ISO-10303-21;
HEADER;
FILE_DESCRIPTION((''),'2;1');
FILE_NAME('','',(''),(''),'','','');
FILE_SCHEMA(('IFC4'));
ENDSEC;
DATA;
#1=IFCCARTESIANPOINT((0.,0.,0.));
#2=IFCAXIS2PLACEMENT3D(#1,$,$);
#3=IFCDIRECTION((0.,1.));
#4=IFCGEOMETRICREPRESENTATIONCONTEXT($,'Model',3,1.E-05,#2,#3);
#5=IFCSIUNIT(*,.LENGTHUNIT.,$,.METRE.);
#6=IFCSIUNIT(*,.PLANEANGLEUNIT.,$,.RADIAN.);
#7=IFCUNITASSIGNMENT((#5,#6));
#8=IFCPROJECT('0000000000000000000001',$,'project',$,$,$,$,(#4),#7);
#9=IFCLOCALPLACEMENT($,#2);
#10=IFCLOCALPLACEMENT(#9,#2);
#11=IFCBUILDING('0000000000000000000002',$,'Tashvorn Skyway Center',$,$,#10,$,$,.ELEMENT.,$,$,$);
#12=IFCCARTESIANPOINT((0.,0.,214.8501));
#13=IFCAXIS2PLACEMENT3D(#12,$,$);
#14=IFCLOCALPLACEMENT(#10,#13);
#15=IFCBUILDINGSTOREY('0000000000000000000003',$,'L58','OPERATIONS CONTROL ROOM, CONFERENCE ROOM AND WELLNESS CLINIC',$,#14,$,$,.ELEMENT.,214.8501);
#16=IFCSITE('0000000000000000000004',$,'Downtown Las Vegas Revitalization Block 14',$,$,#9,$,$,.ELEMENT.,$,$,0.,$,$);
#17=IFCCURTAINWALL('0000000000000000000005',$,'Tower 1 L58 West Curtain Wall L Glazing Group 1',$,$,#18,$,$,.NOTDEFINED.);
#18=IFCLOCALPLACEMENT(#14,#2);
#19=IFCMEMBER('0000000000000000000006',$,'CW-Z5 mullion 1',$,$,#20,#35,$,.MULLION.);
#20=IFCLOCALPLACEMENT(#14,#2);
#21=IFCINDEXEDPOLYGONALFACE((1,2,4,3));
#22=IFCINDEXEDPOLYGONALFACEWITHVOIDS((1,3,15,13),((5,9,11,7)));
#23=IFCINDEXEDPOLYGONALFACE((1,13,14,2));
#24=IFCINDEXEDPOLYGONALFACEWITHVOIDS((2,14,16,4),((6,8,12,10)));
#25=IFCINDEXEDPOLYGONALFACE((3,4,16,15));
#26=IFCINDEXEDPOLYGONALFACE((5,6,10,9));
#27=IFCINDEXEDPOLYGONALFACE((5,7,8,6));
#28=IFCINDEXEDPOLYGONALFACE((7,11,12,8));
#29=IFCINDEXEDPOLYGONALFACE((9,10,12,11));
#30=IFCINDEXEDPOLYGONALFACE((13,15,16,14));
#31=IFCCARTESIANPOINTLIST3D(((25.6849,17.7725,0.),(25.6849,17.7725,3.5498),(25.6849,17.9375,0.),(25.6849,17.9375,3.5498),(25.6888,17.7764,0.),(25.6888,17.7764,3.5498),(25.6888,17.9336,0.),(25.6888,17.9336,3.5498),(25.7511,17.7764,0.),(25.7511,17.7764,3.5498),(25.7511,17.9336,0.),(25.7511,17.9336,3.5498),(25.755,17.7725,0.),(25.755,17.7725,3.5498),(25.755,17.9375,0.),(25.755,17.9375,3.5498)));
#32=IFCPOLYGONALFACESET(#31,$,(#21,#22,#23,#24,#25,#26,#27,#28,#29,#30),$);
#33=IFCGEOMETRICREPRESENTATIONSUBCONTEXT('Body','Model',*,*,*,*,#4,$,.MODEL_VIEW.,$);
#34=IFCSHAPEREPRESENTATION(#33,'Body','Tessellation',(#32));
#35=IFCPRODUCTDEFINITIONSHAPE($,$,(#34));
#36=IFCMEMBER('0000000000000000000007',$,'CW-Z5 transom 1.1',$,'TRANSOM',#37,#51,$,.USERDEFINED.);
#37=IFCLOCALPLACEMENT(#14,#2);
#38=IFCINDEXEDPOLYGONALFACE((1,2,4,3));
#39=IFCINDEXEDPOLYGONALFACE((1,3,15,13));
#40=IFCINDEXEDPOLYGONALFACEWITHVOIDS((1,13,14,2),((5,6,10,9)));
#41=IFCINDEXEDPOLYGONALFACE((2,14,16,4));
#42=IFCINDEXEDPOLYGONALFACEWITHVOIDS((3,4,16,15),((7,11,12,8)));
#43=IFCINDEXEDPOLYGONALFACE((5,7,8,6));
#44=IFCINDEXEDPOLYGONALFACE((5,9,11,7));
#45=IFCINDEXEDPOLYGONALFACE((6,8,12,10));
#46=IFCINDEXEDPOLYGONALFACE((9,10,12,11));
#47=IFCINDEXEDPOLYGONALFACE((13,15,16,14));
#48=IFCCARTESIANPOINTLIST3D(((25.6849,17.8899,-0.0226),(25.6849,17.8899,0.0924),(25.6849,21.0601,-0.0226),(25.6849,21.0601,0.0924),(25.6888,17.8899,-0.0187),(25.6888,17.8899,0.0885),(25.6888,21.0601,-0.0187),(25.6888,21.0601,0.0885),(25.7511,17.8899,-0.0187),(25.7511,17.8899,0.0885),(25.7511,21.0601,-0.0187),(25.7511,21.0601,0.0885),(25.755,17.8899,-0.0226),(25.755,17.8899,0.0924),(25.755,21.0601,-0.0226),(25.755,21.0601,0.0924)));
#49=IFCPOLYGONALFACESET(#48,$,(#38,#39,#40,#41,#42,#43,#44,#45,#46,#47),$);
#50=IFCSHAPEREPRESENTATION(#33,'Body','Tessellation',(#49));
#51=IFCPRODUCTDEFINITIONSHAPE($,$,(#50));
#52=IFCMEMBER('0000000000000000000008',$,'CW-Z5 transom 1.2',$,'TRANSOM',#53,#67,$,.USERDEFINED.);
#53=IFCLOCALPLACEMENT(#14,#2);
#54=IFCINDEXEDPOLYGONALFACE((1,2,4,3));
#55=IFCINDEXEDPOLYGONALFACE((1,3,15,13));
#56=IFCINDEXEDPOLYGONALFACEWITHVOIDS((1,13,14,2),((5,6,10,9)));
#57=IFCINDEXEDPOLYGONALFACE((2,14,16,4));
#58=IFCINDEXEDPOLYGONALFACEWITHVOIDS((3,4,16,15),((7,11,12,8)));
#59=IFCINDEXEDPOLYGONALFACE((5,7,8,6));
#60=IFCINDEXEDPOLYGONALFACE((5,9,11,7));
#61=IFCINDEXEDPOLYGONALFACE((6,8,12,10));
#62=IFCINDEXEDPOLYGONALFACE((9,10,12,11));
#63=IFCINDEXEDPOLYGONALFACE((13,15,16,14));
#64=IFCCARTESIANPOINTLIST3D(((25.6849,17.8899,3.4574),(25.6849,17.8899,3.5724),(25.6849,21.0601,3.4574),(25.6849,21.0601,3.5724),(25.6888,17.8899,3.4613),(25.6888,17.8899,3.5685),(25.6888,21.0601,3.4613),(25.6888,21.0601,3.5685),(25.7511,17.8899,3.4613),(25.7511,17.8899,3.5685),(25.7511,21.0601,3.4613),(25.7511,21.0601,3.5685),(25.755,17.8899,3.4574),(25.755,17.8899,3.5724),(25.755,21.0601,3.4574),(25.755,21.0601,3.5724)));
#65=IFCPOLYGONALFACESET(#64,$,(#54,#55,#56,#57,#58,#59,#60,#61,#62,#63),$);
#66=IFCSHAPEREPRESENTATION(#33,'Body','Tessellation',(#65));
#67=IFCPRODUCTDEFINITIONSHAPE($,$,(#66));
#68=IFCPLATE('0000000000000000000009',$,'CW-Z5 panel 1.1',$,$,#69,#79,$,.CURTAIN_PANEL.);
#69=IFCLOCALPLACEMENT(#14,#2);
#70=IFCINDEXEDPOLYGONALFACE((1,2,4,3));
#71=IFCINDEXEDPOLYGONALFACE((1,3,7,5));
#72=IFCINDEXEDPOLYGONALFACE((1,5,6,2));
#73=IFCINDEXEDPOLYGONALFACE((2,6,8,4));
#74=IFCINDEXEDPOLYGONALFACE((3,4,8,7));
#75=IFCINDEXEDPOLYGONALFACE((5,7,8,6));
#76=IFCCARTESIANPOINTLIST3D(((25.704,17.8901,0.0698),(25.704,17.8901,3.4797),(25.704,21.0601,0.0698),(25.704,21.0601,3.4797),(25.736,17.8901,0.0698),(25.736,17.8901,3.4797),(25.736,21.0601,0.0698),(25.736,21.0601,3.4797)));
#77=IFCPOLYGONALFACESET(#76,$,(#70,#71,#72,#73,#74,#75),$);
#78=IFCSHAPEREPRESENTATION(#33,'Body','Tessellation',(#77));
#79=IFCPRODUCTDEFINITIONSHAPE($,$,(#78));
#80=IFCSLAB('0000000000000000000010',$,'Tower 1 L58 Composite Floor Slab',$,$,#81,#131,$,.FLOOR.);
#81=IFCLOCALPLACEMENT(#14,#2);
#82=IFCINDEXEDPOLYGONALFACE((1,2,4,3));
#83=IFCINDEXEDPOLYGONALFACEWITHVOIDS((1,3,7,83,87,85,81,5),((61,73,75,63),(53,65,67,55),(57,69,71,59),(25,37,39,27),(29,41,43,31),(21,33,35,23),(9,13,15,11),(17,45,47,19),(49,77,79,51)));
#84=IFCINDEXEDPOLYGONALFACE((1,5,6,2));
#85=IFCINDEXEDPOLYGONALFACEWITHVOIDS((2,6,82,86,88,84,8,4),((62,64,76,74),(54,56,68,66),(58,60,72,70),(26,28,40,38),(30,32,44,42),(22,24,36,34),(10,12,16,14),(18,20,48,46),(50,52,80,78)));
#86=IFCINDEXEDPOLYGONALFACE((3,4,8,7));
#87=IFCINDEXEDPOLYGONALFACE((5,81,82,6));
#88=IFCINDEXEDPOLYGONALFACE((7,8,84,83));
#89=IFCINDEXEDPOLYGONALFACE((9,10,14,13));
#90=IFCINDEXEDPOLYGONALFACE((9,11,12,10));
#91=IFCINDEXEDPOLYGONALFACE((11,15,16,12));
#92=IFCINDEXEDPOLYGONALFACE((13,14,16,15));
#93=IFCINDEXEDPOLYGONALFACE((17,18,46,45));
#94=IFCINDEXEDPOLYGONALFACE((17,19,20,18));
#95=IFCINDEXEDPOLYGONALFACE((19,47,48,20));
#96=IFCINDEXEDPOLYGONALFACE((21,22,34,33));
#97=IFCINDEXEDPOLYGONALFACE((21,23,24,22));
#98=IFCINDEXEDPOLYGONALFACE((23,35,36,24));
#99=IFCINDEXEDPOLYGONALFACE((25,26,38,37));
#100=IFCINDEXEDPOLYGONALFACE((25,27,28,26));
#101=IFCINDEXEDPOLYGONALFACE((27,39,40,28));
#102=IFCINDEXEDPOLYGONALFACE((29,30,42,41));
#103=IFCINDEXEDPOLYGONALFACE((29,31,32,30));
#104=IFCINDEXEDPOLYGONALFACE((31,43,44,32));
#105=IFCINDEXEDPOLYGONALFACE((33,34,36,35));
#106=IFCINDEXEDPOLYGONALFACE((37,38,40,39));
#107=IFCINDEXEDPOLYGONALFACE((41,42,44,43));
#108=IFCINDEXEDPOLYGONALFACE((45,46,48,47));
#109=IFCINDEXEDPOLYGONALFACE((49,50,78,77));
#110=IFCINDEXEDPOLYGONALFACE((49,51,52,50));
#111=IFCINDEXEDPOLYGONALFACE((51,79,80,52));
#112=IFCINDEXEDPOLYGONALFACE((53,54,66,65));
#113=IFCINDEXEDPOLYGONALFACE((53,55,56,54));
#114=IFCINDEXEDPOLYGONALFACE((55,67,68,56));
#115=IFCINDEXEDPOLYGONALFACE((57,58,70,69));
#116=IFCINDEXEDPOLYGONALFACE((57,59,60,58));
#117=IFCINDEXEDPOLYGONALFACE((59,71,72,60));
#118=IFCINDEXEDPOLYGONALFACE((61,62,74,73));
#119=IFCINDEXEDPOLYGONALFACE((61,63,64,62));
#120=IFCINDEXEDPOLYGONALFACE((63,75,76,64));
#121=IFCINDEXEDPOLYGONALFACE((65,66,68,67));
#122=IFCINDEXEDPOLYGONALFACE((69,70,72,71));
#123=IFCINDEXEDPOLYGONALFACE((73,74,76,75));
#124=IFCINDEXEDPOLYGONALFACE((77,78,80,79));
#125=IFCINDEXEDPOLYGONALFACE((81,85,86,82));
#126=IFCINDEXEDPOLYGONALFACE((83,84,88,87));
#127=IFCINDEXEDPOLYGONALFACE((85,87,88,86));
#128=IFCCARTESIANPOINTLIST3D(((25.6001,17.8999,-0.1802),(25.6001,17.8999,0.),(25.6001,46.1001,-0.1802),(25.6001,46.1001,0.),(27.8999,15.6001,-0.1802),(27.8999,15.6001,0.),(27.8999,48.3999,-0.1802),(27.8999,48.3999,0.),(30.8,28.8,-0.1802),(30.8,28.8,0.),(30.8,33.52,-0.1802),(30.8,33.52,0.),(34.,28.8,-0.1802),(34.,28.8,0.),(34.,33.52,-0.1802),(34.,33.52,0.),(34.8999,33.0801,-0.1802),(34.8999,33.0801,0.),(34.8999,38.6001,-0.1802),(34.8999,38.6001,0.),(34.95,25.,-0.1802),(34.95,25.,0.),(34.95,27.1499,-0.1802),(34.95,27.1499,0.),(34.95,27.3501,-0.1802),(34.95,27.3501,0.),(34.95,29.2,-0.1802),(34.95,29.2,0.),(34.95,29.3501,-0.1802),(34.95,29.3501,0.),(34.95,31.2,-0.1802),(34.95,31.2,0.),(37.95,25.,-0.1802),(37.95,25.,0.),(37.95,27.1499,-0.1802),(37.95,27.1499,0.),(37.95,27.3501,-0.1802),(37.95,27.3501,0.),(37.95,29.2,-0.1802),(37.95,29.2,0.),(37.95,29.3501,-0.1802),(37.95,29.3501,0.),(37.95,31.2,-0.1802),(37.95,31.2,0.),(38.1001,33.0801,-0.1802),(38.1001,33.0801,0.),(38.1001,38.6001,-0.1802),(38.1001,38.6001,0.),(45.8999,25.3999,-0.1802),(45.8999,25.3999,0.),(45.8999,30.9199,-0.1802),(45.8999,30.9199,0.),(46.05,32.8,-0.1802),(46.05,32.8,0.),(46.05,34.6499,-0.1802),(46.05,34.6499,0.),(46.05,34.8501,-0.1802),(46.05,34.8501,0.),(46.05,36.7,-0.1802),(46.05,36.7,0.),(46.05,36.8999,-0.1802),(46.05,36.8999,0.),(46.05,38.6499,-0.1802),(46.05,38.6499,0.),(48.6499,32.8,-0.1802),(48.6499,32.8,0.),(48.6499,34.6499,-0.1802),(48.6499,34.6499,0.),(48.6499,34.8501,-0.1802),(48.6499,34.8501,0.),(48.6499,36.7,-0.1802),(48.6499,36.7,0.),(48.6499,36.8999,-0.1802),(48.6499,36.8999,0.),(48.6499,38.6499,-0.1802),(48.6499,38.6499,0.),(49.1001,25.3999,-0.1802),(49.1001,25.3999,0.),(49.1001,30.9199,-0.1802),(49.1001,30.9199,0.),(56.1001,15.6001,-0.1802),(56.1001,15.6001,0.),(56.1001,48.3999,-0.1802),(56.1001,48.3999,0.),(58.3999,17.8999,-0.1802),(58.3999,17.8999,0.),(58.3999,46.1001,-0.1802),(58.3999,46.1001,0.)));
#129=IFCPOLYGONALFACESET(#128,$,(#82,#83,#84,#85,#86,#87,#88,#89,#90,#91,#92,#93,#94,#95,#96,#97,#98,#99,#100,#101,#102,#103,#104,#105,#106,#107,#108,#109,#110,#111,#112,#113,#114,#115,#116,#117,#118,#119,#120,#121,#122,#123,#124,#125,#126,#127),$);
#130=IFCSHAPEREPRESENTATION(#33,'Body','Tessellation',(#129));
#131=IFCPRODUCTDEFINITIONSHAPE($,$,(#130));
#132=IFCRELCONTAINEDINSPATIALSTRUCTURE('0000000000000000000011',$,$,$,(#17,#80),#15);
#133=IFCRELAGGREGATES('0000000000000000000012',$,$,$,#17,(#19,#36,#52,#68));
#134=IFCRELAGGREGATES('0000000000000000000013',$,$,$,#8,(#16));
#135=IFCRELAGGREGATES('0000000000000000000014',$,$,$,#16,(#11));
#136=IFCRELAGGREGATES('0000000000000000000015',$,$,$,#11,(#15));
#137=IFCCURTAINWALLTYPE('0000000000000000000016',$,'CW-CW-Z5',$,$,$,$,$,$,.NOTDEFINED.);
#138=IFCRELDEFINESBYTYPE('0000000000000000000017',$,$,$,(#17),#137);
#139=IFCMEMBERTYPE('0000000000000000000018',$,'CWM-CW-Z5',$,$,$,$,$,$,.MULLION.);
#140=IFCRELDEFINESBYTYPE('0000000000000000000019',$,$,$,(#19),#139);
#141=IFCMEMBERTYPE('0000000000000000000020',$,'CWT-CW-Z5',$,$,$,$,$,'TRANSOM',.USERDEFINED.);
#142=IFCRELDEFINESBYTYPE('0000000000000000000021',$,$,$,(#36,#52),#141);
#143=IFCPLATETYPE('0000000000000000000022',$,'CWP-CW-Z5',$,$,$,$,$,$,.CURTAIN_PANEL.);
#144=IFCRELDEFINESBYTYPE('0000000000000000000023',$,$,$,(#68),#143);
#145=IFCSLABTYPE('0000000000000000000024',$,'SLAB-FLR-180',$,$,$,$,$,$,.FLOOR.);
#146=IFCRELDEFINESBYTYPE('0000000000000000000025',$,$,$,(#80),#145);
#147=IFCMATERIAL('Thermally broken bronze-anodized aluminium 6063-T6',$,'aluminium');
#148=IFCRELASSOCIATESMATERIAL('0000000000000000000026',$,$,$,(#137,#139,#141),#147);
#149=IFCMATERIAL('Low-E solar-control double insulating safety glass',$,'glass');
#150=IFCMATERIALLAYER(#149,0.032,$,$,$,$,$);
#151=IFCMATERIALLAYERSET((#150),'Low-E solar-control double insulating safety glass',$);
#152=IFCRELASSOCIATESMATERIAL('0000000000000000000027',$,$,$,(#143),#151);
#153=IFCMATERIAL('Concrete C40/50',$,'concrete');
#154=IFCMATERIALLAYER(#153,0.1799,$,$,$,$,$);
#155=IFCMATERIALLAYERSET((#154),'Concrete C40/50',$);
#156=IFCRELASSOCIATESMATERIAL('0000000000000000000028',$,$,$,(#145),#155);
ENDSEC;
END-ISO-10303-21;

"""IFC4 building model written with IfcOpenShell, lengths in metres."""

from ifc_helpers import new_model, si_unit, direction, frame, origin, origin_2d, place, context, subcontext, project, spatial, polyline, rectangle, hollow_rectangle, outline, extrude, material, layer, layer_set, material_profile, profile_set, type_object, element, aggregate, save


model = new_model("IFC4")

# Units and contexts
model_context = context("Model", 3, precision=1e-05, world=origin(), true_north=direction((0.0, 1.0)))
body_context = subcontext(model_context, "Body", "Model", "MODEL_VIEW")
ifc_project = project(units=[si_unit("LENGTHUNIT", "METRE"), si_unit("PLANEANGLEUNIT", "RADIAN")], contexts=[model_context])

# Site, building, storey
site_placement = place(None, origin())
site = spatial("IfcSite", under=ifc_project, at=site_placement, Name="Downtown Las Vegas Revitalization Block 14", CompositionType="ELEMENT", RefElevation=0.0)
building_placement = place(site_placement, origin())
building = spatial("IfcBuilding", under=site, at=building_placement, Name="Tashvorn Skyway Center", CompositionType="ELEMENT")
storey_placement = place(building_placement, frame((0.0, 0.0, 214.8501)))
storey = spatial("IfcBuildingStorey", under=building, at=storey_placement, Name="L58", Description="OPERATIONS CONTROL ROOM, CONFERENCE ROOM AND WELLNESS CLINIC", CompositionType="ELEMENT", Elevation=214.8501)

# Curtain wall, members, plate
ifc_material_1 = material(Name="Thermally broken bronze-anodized aluminium 6063-T6", Category="aluminium")
curtain_wall_type = type_object("IfcCurtainWallType", Name="CW-CW-Z5", PredefinedType="NOTDEFINED", material=ifc_material_1)
curtain_wall_placement = place(storey_placement, origin())
curtain_wall = element("IfcCurtainWall", 1, at=curtain_wall_placement, inside=storey, type_object=curtain_wall_type, Name="Tower 1 L58 West Curtain Wall L Glazing Group 1", PredefinedType="NOTDEFINED")
ifc_material_profile_1 = material_profile(ifc_material_1, hollow_rectangle(XDim=0.0701, YDim=0.165, WallThickness=0.0039, at=origin_2d()), Name="ALU-MULL-70x165")
ifc_profile_set_1 = profile_set([ifc_material_profile_1], Name="Thermally broken bronze-anodized aluminium 6063-T6")
member_type_1 = type_object("IfcMemberType", Name="CWM-CW-Z5", PredefinedType="MULLION", material=ifc_profile_set_1)
member_1_placement = place(storey_placement, frame((25.72, 17.855, 0.0), z_axis=(0.0, 0.0, 1.0), x_axis=(-1.0, 0.0, 0.0)))
member_1 = element("IfcMember", 2, at=member_1_placement, type_object=member_type_1, Name="CW-Z5 mullion 1", PredefinedType="MULLION", context=body_context, shape_type="SweptSolid", body=[
    extrude(hollow_rectangle(XDim=0.0701, YDim=0.165, WallThickness=0.0039, at=origin_2d()), origin(), (0.0, 0.0, 1.0), 3.5498),
])
ifc_material_profile_2 = material_profile(ifc_material_1, hollow_rectangle(XDim=0.0701, YDim=0.115, WallThickness=0.0039, at=origin_2d()), Name="ALU-TRAN-70x115")
ifc_profile_set_2 = profile_set([ifc_material_profile_2], Name="Thermally broken bronze-anodized aluminium 6063-T6")
member_type_2 = type_object("IfcMemberType", Name="CWT-CW-Z5", ElementType="TRANSOM", PredefinedType="USERDEFINED", material=ifc_profile_set_2)
member_2_placement = place(storey_placement, frame((25.72, 17.8899, 0.0349), z_axis=(0.0, 1.0, 0.0), x_axis=(-1.0, 0.0, 0.0)))
member_2 = element("IfcMember", 3, at=member_2_placement, type_object=member_type_2, Name="CW-Z5 transom 1.1", ObjectType="TRANSOM", PredefinedType="USERDEFINED", context=body_context, shape_type="SweptSolid", body=[
    extrude(hollow_rectangle(XDim=0.0701, YDim=0.115, WallThickness=0.0039, at=origin_2d()), origin(), (0.0, 0.0, 1.0), 3.1702),
])
member_3_placement = place(storey_placement, frame((25.72, 17.8899, 3.5149), z_axis=(0.0, 1.0, 0.0), x_axis=(-1.0, 0.0, 0.0)))
member_3 = element("IfcMember", 4, at=member_3_placement, type_object=member_type_2, Name="CW-Z5 transom 1.2", ObjectType="TRANSOM", PredefinedType="USERDEFINED", context=body_context, shape_type="SweptSolid", body=[
    extrude(hollow_rectangle(XDim=0.0701, YDim=0.115, WallThickness=0.0039, at=origin_2d()), origin(), (0.0, 0.0, 1.0), 3.1702),
])
ifc_material_2 = material(Name="Low-E solar-control double insulating safety glass", Category="glass")
ifc_layer_1 = layer(ifc_material_2, 0.032)
ifc_layer_set_1 = layer_set([ifc_layer_1], Name="Low-E solar-control double insulating safety glass")
plate_type = type_object("IfcPlateType", Name="CWP-CW-Z5", PredefinedType="CURTAIN_PANEL", material=ifc_layer_set_1)
plate_placement = place(storey_placement, frame((25.72, 19.4751, 0.0698), z_axis=(0.0, 0.0, 1.0), x_axis=(0.0, 1.0, 0.0)))
plate = element("IfcPlate", 5, at=plate_placement, type_object=plate_type, Name="CW-Z5 panel 1.1", PredefinedType="CURTAIN_PANEL", context=body_context, shape_type="SweptSolid", body=[
    extrude(rectangle(XDim=3.1699, YDim=0.032, at=origin_2d()), origin(), (0.0, 0.0, 1.0), 3.4099),
])
aggregate(curtain_wall, [member_1, member_2, member_3, plate])

# Slab
ifc_material_3 = material(Name="Concrete C40/50", Category="concrete")
ifc_layer_2 = layer(ifc_material_3, 0.1799)
ifc_layer_set_2 = layer_set([ifc_layer_2], Name="Concrete C40/50")
slab_type_1 = type_object("IfcSlabType", Name="SLAB-FLR-180", PredefinedType="FLOOR", material=ifc_layer_set_2)
slab_1_placement = place(storey_placement, frame((0.0, 0.0, -0.1802)))
element("IfcSlab", 6, at=slab_1_placement, inside=storey, type_object=slab_type_1, Name="Tower 1 L58 Composite Floor Slab", PredefinedType="FLOOR", context=body_context, shape_type="SweptSolid", body=[
    extrude(outline(polyline([(27.8999, 15.6001), (56.1001, 15.6001), (58.3999, 17.8999), (58.3999, 46.1001), (56.1001, 48.3999), (27.8999, 48.3999), (25.6001, 46.1001), (25.6001, 17.8999), (27.8999, 15.6001)]), holes=[polyline([(38.1001, 33.0801), (38.1001, 38.6001), (34.8999, 38.6001), (34.8999, 33.0801), (38.1001, 33.0801)]), polyline([(45.8999, 30.9199), (45.8999, 25.3999), (49.1001, 25.3999), (49.1001, 30.9199), (45.8999, 30.9199)]), polyline([(30.8, 33.52), (30.8, 28.8), (34.0, 28.8), (34.0, 33.52), (30.8, 33.52)]), polyline([(34.95, 29.3501), (37.95, 29.3501), (37.95, 31.2), (34.95, 31.2), (34.95, 29.3501)]), polyline([(34.95, 27.3501), (37.95, 27.3501), (37.95, 29.2), (34.95, 29.2), (34.95, 27.3501)]), polyline([(34.95, 25.0), (37.95, 25.0), (37.95, 27.1499), (34.95, 27.1499), (34.95, 25.0)]), polyline([(46.05, 32.8), (48.6499, 32.8), (48.6499, 34.6499), (46.05, 34.6499), (46.05, 32.8)]), polyline([(46.05, 34.8501), (48.6499, 34.8501), (48.6499, 36.7), (46.05, 36.7), (46.05, 34.8501)]), polyline([(46.05, 36.8999), (48.6499, 36.8999), (48.6499, 38.6499), (46.05, 38.6499), (46.05, 36.8999)])]), origin(), (0.0, 0.0, 1.0), 0.1802),
])

save(model, "model.ifc")
